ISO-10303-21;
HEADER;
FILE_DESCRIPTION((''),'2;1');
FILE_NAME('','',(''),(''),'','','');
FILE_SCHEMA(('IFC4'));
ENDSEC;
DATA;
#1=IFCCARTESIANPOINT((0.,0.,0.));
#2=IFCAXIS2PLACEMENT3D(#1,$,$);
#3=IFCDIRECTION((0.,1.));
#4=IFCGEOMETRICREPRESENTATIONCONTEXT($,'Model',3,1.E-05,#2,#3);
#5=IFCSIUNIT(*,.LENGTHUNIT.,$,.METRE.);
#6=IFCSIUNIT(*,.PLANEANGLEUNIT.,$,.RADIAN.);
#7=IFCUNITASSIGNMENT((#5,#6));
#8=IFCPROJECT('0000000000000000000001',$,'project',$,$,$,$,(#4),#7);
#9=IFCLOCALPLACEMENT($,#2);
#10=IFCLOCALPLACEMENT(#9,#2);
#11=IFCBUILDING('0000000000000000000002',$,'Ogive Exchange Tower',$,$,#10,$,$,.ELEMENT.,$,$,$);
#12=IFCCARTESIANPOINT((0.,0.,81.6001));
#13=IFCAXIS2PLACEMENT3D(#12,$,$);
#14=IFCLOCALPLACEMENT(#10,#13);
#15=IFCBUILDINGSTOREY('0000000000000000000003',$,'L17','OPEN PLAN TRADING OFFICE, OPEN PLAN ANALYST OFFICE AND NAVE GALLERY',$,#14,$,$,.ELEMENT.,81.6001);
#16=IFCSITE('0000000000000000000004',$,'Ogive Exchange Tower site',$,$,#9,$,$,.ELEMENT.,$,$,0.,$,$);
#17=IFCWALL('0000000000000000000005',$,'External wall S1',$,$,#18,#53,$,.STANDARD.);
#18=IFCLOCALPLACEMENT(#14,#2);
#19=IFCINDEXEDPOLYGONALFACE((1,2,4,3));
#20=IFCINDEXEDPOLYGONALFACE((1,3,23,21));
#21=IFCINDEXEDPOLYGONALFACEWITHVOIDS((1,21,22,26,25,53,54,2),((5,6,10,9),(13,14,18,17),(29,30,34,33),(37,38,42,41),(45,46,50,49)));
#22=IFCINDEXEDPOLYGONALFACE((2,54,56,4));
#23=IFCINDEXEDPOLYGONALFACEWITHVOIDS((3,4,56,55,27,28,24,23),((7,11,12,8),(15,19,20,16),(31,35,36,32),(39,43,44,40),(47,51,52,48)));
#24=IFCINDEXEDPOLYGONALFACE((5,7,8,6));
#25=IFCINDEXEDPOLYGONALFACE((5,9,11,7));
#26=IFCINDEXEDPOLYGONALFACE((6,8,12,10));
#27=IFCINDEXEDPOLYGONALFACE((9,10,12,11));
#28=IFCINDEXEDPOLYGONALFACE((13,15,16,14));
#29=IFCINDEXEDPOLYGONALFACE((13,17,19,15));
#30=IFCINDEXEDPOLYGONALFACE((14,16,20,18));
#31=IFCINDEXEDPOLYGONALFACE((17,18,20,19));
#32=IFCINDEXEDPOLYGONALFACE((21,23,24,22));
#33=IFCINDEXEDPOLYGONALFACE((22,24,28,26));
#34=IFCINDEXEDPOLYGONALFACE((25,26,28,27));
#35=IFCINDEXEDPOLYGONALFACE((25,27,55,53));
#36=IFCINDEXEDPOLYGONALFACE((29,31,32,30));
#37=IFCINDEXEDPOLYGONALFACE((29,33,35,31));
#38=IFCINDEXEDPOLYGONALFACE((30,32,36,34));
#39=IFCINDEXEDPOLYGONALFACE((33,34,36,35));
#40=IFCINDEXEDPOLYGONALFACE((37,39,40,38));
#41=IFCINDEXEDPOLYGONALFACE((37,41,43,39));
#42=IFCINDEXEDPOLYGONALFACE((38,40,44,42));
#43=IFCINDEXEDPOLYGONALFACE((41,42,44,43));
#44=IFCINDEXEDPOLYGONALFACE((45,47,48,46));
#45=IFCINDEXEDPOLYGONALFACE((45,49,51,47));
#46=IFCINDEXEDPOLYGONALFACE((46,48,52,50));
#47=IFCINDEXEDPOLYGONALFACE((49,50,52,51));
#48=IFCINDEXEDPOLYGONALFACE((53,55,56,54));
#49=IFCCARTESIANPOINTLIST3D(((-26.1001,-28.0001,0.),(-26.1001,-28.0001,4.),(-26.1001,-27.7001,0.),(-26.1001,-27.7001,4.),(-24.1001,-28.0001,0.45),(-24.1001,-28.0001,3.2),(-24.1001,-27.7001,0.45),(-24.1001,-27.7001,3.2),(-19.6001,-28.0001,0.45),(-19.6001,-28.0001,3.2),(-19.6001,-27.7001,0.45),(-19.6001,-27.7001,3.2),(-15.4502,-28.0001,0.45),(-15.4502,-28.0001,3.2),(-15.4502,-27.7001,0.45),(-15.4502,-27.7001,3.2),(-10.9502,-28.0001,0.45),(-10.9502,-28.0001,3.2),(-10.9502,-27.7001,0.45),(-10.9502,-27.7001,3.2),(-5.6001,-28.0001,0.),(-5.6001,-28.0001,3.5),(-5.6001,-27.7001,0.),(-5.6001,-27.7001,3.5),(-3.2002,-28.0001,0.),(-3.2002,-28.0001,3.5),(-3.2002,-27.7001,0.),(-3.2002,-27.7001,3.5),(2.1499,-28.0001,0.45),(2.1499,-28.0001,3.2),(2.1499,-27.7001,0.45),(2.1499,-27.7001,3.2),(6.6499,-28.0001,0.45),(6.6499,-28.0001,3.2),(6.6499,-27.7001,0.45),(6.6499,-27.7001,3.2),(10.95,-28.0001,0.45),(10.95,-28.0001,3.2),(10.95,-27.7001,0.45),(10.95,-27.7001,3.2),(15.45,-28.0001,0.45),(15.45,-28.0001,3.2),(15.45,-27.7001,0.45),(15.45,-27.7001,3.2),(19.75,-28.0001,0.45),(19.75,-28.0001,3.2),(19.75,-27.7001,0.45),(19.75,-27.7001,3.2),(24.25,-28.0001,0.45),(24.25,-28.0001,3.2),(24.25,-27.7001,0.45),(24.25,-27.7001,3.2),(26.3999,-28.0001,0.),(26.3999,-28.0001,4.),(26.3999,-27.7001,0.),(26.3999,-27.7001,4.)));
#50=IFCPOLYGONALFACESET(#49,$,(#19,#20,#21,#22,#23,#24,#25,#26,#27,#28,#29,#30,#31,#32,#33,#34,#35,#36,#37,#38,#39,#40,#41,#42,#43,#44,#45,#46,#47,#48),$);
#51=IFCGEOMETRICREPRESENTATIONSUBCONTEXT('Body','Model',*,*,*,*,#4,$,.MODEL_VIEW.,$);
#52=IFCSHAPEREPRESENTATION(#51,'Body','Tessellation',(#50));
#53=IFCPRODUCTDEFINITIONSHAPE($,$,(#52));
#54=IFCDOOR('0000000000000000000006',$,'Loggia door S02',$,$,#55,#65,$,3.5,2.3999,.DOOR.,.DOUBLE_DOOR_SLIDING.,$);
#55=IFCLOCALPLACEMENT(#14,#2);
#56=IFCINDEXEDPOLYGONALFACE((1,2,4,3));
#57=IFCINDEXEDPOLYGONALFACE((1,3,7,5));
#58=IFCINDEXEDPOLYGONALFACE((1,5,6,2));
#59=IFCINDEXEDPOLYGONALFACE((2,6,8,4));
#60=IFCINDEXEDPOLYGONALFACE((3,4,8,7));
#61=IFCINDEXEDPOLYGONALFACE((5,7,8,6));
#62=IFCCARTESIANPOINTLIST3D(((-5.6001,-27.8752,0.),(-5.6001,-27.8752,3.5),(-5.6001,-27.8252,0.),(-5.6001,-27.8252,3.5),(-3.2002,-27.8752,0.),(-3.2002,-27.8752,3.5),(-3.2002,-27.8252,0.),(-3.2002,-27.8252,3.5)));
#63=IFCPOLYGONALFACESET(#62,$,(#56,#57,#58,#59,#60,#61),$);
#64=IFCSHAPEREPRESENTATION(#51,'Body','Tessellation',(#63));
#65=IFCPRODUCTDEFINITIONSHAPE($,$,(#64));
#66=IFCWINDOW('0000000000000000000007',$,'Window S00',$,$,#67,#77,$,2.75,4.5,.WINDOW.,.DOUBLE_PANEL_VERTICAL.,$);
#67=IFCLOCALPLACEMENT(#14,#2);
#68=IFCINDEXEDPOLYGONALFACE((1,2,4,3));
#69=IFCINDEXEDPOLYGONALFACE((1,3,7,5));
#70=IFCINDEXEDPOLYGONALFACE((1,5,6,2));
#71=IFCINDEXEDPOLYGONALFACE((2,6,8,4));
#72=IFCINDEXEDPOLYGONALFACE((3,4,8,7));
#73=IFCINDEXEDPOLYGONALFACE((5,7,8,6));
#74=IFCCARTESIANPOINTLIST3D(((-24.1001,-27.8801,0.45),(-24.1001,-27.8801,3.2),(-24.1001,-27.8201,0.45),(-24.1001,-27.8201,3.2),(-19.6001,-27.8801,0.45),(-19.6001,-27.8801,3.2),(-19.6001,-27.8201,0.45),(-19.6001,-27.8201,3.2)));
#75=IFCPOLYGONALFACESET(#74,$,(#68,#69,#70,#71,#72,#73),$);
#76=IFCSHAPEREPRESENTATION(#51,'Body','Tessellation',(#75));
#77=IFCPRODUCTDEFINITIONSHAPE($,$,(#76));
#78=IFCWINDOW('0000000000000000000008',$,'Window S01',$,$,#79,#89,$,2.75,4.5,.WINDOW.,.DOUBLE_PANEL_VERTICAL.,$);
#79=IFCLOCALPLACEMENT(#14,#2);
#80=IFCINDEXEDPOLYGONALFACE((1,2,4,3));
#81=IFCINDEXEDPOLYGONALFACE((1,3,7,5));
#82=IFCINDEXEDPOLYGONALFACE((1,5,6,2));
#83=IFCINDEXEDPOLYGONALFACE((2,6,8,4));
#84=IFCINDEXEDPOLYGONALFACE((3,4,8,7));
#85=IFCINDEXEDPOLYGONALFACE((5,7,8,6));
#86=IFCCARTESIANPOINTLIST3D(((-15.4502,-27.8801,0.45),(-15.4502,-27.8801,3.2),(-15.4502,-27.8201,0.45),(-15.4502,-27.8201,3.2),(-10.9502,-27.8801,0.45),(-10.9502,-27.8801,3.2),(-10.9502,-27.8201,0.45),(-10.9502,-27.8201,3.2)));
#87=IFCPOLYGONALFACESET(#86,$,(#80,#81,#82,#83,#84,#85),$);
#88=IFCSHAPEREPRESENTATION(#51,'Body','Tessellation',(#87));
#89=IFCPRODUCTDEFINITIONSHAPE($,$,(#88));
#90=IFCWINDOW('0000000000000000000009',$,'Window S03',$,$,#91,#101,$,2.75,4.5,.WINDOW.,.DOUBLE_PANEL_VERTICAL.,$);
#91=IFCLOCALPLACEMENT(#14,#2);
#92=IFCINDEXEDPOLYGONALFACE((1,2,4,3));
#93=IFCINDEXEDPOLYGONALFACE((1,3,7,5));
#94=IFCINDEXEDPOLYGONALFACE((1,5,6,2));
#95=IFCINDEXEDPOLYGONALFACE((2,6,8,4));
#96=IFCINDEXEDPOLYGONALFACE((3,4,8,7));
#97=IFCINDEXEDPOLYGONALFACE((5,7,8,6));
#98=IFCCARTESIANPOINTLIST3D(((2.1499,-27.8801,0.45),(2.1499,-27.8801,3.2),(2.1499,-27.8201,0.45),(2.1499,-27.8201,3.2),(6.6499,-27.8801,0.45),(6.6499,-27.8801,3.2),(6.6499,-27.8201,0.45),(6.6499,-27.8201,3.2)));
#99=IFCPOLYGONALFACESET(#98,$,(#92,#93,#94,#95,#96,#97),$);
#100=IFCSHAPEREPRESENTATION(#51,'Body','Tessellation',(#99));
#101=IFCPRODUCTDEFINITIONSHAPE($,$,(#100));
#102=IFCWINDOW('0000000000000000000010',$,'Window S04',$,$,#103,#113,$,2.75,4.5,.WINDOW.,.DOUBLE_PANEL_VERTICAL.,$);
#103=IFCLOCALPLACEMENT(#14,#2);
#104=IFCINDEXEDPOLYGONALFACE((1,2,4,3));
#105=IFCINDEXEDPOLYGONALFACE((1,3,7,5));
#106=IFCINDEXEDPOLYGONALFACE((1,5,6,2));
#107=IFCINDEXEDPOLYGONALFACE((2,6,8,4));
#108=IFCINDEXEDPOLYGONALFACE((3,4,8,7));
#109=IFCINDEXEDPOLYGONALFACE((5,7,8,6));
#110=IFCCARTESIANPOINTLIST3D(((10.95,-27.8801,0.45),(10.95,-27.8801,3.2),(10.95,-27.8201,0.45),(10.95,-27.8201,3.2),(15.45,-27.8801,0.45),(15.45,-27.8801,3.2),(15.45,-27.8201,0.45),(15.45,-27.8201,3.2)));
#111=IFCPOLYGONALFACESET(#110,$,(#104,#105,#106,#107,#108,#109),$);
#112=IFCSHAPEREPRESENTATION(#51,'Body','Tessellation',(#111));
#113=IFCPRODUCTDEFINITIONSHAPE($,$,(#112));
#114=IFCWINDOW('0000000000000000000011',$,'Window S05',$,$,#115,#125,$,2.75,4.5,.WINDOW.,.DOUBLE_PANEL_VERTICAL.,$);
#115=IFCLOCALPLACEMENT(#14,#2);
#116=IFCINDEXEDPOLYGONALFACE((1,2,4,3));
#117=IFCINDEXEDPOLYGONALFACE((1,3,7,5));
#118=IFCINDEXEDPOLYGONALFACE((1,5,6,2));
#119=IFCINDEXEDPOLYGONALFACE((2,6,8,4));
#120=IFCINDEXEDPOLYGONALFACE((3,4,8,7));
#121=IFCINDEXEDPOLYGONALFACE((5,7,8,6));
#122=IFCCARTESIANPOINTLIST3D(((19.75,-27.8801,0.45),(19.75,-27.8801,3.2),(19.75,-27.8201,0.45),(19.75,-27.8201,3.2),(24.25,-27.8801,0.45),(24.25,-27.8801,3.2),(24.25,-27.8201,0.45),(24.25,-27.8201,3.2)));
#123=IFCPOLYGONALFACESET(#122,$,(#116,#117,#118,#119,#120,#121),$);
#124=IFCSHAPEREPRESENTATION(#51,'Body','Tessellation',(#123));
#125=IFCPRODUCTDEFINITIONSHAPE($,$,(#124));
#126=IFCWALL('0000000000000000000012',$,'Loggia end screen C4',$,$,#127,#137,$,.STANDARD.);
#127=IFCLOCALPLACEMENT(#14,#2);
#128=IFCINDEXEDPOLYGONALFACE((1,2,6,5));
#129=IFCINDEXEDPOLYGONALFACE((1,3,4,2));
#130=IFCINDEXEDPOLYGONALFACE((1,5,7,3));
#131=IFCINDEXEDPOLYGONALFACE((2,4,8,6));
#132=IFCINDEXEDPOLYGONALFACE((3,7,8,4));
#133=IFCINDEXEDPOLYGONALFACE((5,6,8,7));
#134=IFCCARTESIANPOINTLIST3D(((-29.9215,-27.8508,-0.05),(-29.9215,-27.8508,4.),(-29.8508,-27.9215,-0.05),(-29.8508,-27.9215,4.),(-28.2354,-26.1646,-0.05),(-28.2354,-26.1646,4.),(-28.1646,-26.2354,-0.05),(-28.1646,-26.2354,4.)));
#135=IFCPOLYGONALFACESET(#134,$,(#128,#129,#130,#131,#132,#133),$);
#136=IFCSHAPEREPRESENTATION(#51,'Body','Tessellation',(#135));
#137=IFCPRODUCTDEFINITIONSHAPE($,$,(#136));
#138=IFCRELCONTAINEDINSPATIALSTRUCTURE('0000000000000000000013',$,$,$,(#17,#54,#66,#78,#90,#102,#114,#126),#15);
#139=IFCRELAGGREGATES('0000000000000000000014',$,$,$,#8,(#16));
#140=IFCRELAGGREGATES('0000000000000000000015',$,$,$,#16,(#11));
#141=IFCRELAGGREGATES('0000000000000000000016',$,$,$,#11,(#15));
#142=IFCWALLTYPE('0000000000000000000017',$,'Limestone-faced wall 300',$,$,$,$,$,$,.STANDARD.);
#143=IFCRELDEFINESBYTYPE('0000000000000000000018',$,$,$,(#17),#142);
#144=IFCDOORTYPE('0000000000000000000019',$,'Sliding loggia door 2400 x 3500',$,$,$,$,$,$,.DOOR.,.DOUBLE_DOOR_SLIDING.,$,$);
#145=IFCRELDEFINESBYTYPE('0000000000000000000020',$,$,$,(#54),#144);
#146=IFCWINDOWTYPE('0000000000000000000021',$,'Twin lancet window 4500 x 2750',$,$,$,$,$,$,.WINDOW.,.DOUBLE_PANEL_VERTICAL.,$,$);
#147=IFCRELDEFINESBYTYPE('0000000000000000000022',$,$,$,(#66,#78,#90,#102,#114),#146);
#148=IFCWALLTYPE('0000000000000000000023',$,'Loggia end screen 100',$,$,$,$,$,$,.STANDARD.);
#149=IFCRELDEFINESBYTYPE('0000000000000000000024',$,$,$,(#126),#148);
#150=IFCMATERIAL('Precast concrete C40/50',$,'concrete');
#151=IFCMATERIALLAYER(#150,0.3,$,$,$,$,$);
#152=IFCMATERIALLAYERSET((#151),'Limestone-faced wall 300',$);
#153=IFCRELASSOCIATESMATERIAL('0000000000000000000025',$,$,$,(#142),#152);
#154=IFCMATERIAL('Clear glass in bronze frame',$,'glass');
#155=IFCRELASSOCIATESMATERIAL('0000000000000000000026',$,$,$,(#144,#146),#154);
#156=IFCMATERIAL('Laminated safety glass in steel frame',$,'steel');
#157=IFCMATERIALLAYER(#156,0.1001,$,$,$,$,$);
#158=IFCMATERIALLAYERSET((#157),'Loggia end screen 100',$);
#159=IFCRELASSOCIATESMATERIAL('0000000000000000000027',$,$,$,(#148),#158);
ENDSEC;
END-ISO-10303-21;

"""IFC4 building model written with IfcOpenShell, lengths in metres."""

from ifc_helpers import new_model, si_unit, direction, frame, frame_2d, origin, place, context, subcontext, project, spatial, rectangle, extrude, material, layer, layer_set, type_object, element, fill, save


model = new_model("IFC4")

# Units and contexts
model_context = context("Model", 3, precision=1e-05, world=origin(), true_north=direction((0.0, 1.0)))
body_context = subcontext(model_context, "Body", "Model", "MODEL_VIEW")
ifc_project = project(units=[si_unit("LENGTHUNIT", "METRE"), si_unit("PLANEANGLEUNIT", "RADIAN")], contexts=[model_context])

# Site, building, storey
site_placement = place(None, origin())
site = spatial("IfcSite", under=ifc_project, at=site_placement, Name="Ogive Exchange Tower site", CompositionType="ELEMENT", RefElevation=0.0)
building_placement = place(site_placement, origin())
building = spatial("IfcBuilding", under=site, at=building_placement, Name="Ogive Exchange Tower", CompositionType="ELEMENT")
storey_placement = place(building_placement, frame((0.0, 0.0, 81.6001)))
storey = spatial("IfcBuildingStorey", under=building, at=storey_placement, Name="L17", Description="OPEN PLAN TRADING OFFICE, OPEN PLAN ANALYST OFFICE AND NAVE GALLERY", CompositionType="ELEMENT", Elevation=81.6001)

# Wall, openings, door, windows
ifc_material_1 = material(Name="Precast concrete C40/50", Category="concrete")
ifc_layer_1 = layer(ifc_material_1, 0.3)
ifc_layer_set_1 = layer_set([ifc_layer_1], Name="Limestone-faced wall 300")
wall_type_1 = type_object("IfcWallType", Name="Limestone-faced wall 300", PredefinedType="STANDARD", material=ifc_layer_set_1)
wall_1_placement = place(storey_placement, frame((-26.1001, -27.8501, 0.0), z_axis=(0.0, 0.0, 1.0), x_axis=(1.0, 0.0, 0.0)))
wall_1 = element("IfcWall", 1, at=wall_1_placement, inside=storey, type_object=wall_type_1, Name="External wall S1", PredefinedType="STANDARD", context=body_context, shape_type="SweptSolid", body=[
    extrude(rectangle(XDim=52.5, YDim=0.3, at=frame_2d((26.25, 0.0))), origin(), (0.0, 0.0, 1.0), 4.0),
])
opening_1_placement = place(wall_1_placement, frame((2.0, 0.0, 0.45)))
opening_1 = element("IfcOpeningElement", 2, at=opening_1_placement, cuts=wall_1, PredefinedType="OPENING", context=body_context, shape_type="SweptSolid", body=[
    extrude(rectangle(XDim=4.5, YDim=2.75, at=frame_2d((2.25, 1.375))), frame((0.0, 0.1599, 0.0), z_axis=(0.0, -1.0, 0.0), x_axis=(1.0, 0.0, 0.0)), (0.0, 0.0, 1.0), 0.3201),
])
opening_2_placement = place(wall_1_placement, frame((10.6499, 0.0, 0.45)))
opening_2 = element("IfcOpeningElement", 3, at=opening_2_placement, cuts=wall_1, PredefinedType="OPENING", context=body_context, shape_type="SweptSolid", body=[
    extrude(rectangle(XDim=4.5, YDim=2.75, at=frame_2d((2.25, 1.375))), frame((0.0, 0.1599, 0.0), z_axis=(0.0, -1.0, 0.0), x_axis=(1.0, 0.0, 0.0)), (0.0, 0.0, 1.0), 0.3201),
])
opening_3_placement = place(wall_1_placement, frame((20.5, 0.0, 0.0)))
opening_3 = element("IfcOpeningElement", 4, at=opening_3_placement, cuts=wall_1, PredefinedType="OPENING", context=body_context, shape_type="SweptSolid", body=[
    extrude(rectangle(XDim=2.3999, YDim=3.5, at=frame_2d((1.2, 1.75))), frame((0.0, 0.1599, 0.0), z_axis=(0.0, -1.0, 0.0), x_axis=(1.0, 0.0, 0.0)), (0.0, 0.0, 1.0), 0.3201),
])
opening_4_placement = place(wall_1_placement, frame((28.25, 0.0, 0.45)))
opening_4 = element("IfcOpeningElement", 5, at=opening_4_placement, cuts=wall_1, PredefinedType="OPENING", context=body_context, shape_type="SweptSolid", body=[
    extrude(rectangle(XDim=4.5, YDim=2.75, at=frame_2d((2.25, 1.375))), frame((0.0, 0.1599, 0.0), z_axis=(0.0, -1.0, 0.0), x_axis=(1.0, 0.0, 0.0)), (0.0, 0.0, 1.0), 0.3201),
])
opening_5_placement = place(wall_1_placement, frame((37.05, 0.0, 0.45)))
opening_5 = element("IfcOpeningElement", 6, at=opening_5_placement, cuts=wall_1, PredefinedType="OPENING", context=body_context, shape_type="SweptSolid", body=[
    extrude(rectangle(XDim=4.5, YDim=2.75, at=frame_2d((2.25, 1.375))), frame((0.0, 0.1599, 0.0), z_axis=(0.0, -1.0, 0.0), x_axis=(1.0, 0.0, 0.0)), (0.0, 0.0, 1.0), 0.3201),
])
opening_6_placement = place(wall_1_placement, frame((45.8501, 0.0, 0.45)))
opening_6 = element("IfcOpeningElement", 7, at=opening_6_placement, cuts=wall_1, PredefinedType="OPENING", context=body_context, shape_type="SweptSolid", body=[
    extrude(rectangle(XDim=4.5, YDim=2.75, at=frame_2d((2.25, 1.375))), frame((0.0, 0.1599, 0.0), z_axis=(0.0, -1.0, 0.0), x_axis=(1.0, 0.0, 0.0)), (0.0, 0.0, 1.0), 0.3201),
])
ifc_material_2 = material(Name="Clear glass in bronze frame", Category="glass")
door_type = type_object("IfcDoorType", Name="Sliding loggia door 2400 x 3500", OperationType="DOUBLE_DOOR_SLIDING", PredefinedType="DOOR", material=ifc_material_2)
door_placement = place(opening_3_placement, origin())
door = element("IfcDoor", 8, at=door_placement, inside=storey, type_object=door_type, Name="Loggia door S02", OperationType="DOUBLE_DOOR_SLIDING", OverallHeight=3.5, OverallWidth=2.3999, PredefinedType="DOOR", context=body_context, shape_type="SweptSolid", body=[
    extrude(rectangle(XDim=2.3999, YDim=3.5, at=frame_2d((1.2, 1.75))), frame((0.0, 0.0249, 0.0), z_axis=(0.0, -1.0, 0.0), x_axis=(1.0, 0.0, 0.0)), (0.0, 0.0, 1.0), 0.05),
])
fill(opening_3, door)
window_type = type_object("IfcWindowType", Name="Twin lancet window 4500 x 2750", PartitioningType="DOUBLE_PANEL_VERTICAL", PredefinedType="WINDOW", material=ifc_material_2)
window_1_placement = place(opening_1_placement, origin())
window_1 = element("IfcWindow", 9, at=window_1_placement, inside=storey, type_object=window_type, Name="Window S00", OverallHeight=2.75, OverallWidth=4.5, PartitioningType="DOUBLE_PANEL_VERTICAL", PredefinedType="WINDOW", context=body_context, shape_type="SweptSolid", body=[
    extrude(rectangle(XDim=4.5, YDim=2.75, at=frame_2d((2.25, 1.375))), frame((0.0, 0.03, 0.0), z_axis=(0.0, -1.0, 0.0), x_axis=(1.0, 0.0, 0.0)), (0.0, 0.0, 1.0), 0.0601),
])
fill(opening_1, window_1)
window_2_placement = place(opening_2_placement, origin())
window_2 = element("IfcWindow", 10, at=window_2_placement, inside=storey, type_object=window_type, Name="Window S01", OverallHeight=2.75, OverallWidth=4.5, PartitioningType="DOUBLE_PANEL_VERTICAL", PredefinedType="WINDOW", context=body_context, shape_type="SweptSolid", body=[
    extrude(rectangle(XDim=4.5, YDim=2.75, at=frame_2d((2.25, 1.375))), frame((0.0, 0.03, 0.0), z_axis=(0.0, -1.0, 0.0), x_axis=(1.0, 0.0, 0.0)), (0.0, 0.0, 1.0), 0.0601),
])
fill(opening_2, window_2)
window_3_placement = place(opening_4_placement, origin())
window_3 = element("IfcWindow", 11, at=window_3_placement, inside=storey, type_object=window_type, Name="Window S03", OverallHeight=2.75, OverallWidth=4.5, PartitioningType="DOUBLE_PANEL_VERTICAL", PredefinedType="WINDOW", context=body_context, shape_type="SweptSolid", body=[
    extrude(rectangle(XDim=4.5, YDim=2.75, at=frame_2d((2.25, 1.375))), frame((0.0, 0.03, 0.0), z_axis=(0.0, -1.0, 0.0), x_axis=(1.0, 0.0, 0.0)), (0.0, 0.0, 1.0), 0.0601),
])
fill(opening_4, window_3)
window_4_placement = place(opening_5_placement, origin())
window_4 = element("IfcWindow", 12, at=window_4_placement, inside=storey, type_object=window_type, Name="Window S04", OverallHeight=2.75, OverallWidth=4.5, PartitioningType="DOUBLE_PANEL_VERTICAL", PredefinedType="WINDOW", context=body_context, shape_type="SweptSolid", body=[
    extrude(rectangle(XDim=4.5, YDim=2.75, at=frame_2d((2.25, 1.375))), frame((0.0, 0.03, 0.0), z_axis=(0.0, -1.0, 0.0), x_axis=(1.0, 0.0, 0.0)), (0.0, 0.0, 1.0), 0.0601),
])
fill(opening_5, window_4)
window_5_placement = place(opening_6_placement, origin())
window_5 = element("IfcWindow", 13, at=window_5_placement, inside=storey, type_object=window_type, Name="Window S05", OverallHeight=2.75, OverallWidth=4.5, PartitioningType="DOUBLE_PANEL_VERTICAL", PredefinedType="WINDOW", context=body_context, shape_type="SweptSolid", body=[
    extrude(rectangle(XDim=4.5, YDim=2.75, at=frame_2d((2.25, 1.375))), frame((0.0, 0.03, 0.0), z_axis=(0.0, -1.0, 0.0), x_axis=(1.0, 0.0, 0.0)), (0.0, 0.0, 1.0), 0.0601),
])
fill(opening_6, window_5)

# Wall
ifc_material_3 = material(Name="Laminated safety glass in steel frame", Category="steel")
ifc_layer_2 = layer(ifc_material_3, 0.1001)
ifc_layer_set_2 = layer_set([ifc_layer_2], Name="Loggia end screen 100")
wall_type_2 = type_object("IfcWallType", Name="Loggia end screen 100", PredefinedType="STANDARD", material=ifc_layer_set_2)
wall_2_placement = place(storey_placement, frame((-28.2, -26.2, -0.05), z_axis=(0.0, 0.0, 1.0), x_axis=(-0.707107, -0.707107, 0.0)))
element("IfcWall", 14, at=wall_2_placement, inside=storey, type_object=wall_type_2, Name="Loggia end screen C4", PredefinedType="STANDARD", context=body_context, shape_type="SweptSolid", body=[
    extrude(rectangle(XDim=2.3845, YDim=0.1001, at=frame_2d((1.1924, 0.0))), origin(), (0.0, 0.0, 1.0), 4.05),
])

save(model, "model.ifc")
